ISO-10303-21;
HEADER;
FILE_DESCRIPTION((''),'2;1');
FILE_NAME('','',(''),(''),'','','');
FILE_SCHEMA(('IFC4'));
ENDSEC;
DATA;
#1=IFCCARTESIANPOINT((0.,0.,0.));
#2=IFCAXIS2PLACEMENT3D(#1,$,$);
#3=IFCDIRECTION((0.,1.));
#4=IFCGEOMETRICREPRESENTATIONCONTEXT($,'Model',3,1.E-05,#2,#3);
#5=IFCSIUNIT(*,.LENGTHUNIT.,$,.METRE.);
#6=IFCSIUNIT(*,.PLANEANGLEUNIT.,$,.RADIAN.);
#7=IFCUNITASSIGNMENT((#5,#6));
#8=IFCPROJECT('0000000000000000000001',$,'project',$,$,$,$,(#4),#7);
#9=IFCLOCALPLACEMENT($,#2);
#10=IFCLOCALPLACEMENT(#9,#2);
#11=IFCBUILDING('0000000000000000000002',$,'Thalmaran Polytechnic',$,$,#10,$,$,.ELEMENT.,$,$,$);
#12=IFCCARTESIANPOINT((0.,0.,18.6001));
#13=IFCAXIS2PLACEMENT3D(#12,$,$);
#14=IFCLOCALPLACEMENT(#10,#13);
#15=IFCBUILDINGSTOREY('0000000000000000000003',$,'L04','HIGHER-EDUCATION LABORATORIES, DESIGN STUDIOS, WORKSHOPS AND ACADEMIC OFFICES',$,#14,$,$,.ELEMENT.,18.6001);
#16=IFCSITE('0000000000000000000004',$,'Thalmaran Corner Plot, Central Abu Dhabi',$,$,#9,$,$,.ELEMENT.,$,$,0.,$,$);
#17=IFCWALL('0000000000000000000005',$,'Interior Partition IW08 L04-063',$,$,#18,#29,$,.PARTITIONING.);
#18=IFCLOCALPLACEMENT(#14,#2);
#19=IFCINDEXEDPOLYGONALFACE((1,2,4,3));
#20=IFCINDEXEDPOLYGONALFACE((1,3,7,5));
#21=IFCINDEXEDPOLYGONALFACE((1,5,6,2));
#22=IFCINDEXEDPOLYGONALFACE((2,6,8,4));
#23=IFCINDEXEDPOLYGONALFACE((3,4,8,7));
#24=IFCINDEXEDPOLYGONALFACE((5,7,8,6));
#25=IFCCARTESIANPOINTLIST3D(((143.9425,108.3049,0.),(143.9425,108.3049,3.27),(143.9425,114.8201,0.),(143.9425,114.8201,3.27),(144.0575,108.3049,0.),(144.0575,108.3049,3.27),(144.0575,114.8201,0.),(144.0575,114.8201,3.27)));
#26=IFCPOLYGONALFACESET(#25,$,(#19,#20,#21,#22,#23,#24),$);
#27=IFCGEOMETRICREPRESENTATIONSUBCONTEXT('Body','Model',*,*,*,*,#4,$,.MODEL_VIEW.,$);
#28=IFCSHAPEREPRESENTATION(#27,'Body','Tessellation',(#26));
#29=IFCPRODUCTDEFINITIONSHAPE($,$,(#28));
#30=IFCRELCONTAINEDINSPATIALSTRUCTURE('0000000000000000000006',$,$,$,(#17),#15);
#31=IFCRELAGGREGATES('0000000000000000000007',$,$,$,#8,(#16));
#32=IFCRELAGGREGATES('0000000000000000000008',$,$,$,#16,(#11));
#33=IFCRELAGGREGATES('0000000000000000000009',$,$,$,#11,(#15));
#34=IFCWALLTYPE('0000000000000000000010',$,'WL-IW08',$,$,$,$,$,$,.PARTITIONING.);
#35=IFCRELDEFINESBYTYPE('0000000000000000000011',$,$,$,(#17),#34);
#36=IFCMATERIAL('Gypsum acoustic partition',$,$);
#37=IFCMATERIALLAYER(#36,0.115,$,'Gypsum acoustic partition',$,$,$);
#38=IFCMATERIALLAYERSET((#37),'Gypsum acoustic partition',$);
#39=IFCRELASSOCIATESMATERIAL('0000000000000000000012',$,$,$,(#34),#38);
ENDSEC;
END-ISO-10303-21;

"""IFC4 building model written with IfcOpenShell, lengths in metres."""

from ifc_helpers import new_model, si_unit, direction, frame, frame_2d, origin, place, context, subcontext, project, spatial, rectangle, extrude, material, layer, layer_set, type_object, element, save


model = new_model("IFC4")

# Units and contexts
model_context = context("Model", 3, precision=1e-05, world=origin(), true_north=direction((0.0, 1.0)))
body_context = subcontext(model_context, "Body", "Model", "MODEL_VIEW")
ifc_project = project(units=[si_unit("LENGTHUNIT", "METRE"), si_unit("PLANEANGLEUNIT", "RADIAN")], contexts=[model_context])

# Site, building, storey
site_placement = place(None, origin())
site = spatial("IfcSite", under=ifc_project, at=site_placement, Name="Thalmaran Corner Plot, Central Abu Dhabi", CompositionType="ELEMENT", RefElevation=0.0)
building_placement = place(site_placement, origin())
building = spatial("IfcBuilding", under=site, at=building_placement, Name="Thalmaran Polytechnic", CompositionType="ELEMENT")
storey_placement = place(building_placement, frame((0.0, 0.0, 18.6001)))
storey = spatial("IfcBuildingStorey", under=building, at=storey_placement, Name="L04", Description="HIGHER-EDUCATION LABORATORIES, DESIGN STUDIOS, WORKSHOPS AND ACADEMIC OFFICES", CompositionType="ELEMENT", Elevation=18.6001)

# Wall
ifc_material_1 = material(Name="Gypsum acoustic partition")
ifc_layer_1 = layer(ifc_material_1, 0.115, Name="Gypsum acoustic partition")
ifc_layer_set_1 = layer_set([ifc_layer_1], Name="Gypsum acoustic partition")
wall_type_1 = type_object("IfcWallType", Name="WL-IW08", PredefinedType="PARTITIONING", material=ifc_layer_set_1)
wall_1_placement = place(storey_placement, frame((144.0, 108.3049, 0.0), z_axis=(0.0, 0.0, 1.0), x_axis=(0.0, 1.0, 0.0)))
element("IfcWall", 1, at=wall_1_placement, inside=storey, type_object=wall_type_1, Name="Interior Partition IW08 L04-063", PredefinedType="PARTITIONING", context=body_context, shape_type="SweptSolid", body=[
    extrude(rectangle(XDim=6.5151, YDim=0.115, at=frame_2d((3.2576, 0.0))), origin(), (0.0, 0.0, 1.0), 3.27),
])

save(model, "model.ifc")
